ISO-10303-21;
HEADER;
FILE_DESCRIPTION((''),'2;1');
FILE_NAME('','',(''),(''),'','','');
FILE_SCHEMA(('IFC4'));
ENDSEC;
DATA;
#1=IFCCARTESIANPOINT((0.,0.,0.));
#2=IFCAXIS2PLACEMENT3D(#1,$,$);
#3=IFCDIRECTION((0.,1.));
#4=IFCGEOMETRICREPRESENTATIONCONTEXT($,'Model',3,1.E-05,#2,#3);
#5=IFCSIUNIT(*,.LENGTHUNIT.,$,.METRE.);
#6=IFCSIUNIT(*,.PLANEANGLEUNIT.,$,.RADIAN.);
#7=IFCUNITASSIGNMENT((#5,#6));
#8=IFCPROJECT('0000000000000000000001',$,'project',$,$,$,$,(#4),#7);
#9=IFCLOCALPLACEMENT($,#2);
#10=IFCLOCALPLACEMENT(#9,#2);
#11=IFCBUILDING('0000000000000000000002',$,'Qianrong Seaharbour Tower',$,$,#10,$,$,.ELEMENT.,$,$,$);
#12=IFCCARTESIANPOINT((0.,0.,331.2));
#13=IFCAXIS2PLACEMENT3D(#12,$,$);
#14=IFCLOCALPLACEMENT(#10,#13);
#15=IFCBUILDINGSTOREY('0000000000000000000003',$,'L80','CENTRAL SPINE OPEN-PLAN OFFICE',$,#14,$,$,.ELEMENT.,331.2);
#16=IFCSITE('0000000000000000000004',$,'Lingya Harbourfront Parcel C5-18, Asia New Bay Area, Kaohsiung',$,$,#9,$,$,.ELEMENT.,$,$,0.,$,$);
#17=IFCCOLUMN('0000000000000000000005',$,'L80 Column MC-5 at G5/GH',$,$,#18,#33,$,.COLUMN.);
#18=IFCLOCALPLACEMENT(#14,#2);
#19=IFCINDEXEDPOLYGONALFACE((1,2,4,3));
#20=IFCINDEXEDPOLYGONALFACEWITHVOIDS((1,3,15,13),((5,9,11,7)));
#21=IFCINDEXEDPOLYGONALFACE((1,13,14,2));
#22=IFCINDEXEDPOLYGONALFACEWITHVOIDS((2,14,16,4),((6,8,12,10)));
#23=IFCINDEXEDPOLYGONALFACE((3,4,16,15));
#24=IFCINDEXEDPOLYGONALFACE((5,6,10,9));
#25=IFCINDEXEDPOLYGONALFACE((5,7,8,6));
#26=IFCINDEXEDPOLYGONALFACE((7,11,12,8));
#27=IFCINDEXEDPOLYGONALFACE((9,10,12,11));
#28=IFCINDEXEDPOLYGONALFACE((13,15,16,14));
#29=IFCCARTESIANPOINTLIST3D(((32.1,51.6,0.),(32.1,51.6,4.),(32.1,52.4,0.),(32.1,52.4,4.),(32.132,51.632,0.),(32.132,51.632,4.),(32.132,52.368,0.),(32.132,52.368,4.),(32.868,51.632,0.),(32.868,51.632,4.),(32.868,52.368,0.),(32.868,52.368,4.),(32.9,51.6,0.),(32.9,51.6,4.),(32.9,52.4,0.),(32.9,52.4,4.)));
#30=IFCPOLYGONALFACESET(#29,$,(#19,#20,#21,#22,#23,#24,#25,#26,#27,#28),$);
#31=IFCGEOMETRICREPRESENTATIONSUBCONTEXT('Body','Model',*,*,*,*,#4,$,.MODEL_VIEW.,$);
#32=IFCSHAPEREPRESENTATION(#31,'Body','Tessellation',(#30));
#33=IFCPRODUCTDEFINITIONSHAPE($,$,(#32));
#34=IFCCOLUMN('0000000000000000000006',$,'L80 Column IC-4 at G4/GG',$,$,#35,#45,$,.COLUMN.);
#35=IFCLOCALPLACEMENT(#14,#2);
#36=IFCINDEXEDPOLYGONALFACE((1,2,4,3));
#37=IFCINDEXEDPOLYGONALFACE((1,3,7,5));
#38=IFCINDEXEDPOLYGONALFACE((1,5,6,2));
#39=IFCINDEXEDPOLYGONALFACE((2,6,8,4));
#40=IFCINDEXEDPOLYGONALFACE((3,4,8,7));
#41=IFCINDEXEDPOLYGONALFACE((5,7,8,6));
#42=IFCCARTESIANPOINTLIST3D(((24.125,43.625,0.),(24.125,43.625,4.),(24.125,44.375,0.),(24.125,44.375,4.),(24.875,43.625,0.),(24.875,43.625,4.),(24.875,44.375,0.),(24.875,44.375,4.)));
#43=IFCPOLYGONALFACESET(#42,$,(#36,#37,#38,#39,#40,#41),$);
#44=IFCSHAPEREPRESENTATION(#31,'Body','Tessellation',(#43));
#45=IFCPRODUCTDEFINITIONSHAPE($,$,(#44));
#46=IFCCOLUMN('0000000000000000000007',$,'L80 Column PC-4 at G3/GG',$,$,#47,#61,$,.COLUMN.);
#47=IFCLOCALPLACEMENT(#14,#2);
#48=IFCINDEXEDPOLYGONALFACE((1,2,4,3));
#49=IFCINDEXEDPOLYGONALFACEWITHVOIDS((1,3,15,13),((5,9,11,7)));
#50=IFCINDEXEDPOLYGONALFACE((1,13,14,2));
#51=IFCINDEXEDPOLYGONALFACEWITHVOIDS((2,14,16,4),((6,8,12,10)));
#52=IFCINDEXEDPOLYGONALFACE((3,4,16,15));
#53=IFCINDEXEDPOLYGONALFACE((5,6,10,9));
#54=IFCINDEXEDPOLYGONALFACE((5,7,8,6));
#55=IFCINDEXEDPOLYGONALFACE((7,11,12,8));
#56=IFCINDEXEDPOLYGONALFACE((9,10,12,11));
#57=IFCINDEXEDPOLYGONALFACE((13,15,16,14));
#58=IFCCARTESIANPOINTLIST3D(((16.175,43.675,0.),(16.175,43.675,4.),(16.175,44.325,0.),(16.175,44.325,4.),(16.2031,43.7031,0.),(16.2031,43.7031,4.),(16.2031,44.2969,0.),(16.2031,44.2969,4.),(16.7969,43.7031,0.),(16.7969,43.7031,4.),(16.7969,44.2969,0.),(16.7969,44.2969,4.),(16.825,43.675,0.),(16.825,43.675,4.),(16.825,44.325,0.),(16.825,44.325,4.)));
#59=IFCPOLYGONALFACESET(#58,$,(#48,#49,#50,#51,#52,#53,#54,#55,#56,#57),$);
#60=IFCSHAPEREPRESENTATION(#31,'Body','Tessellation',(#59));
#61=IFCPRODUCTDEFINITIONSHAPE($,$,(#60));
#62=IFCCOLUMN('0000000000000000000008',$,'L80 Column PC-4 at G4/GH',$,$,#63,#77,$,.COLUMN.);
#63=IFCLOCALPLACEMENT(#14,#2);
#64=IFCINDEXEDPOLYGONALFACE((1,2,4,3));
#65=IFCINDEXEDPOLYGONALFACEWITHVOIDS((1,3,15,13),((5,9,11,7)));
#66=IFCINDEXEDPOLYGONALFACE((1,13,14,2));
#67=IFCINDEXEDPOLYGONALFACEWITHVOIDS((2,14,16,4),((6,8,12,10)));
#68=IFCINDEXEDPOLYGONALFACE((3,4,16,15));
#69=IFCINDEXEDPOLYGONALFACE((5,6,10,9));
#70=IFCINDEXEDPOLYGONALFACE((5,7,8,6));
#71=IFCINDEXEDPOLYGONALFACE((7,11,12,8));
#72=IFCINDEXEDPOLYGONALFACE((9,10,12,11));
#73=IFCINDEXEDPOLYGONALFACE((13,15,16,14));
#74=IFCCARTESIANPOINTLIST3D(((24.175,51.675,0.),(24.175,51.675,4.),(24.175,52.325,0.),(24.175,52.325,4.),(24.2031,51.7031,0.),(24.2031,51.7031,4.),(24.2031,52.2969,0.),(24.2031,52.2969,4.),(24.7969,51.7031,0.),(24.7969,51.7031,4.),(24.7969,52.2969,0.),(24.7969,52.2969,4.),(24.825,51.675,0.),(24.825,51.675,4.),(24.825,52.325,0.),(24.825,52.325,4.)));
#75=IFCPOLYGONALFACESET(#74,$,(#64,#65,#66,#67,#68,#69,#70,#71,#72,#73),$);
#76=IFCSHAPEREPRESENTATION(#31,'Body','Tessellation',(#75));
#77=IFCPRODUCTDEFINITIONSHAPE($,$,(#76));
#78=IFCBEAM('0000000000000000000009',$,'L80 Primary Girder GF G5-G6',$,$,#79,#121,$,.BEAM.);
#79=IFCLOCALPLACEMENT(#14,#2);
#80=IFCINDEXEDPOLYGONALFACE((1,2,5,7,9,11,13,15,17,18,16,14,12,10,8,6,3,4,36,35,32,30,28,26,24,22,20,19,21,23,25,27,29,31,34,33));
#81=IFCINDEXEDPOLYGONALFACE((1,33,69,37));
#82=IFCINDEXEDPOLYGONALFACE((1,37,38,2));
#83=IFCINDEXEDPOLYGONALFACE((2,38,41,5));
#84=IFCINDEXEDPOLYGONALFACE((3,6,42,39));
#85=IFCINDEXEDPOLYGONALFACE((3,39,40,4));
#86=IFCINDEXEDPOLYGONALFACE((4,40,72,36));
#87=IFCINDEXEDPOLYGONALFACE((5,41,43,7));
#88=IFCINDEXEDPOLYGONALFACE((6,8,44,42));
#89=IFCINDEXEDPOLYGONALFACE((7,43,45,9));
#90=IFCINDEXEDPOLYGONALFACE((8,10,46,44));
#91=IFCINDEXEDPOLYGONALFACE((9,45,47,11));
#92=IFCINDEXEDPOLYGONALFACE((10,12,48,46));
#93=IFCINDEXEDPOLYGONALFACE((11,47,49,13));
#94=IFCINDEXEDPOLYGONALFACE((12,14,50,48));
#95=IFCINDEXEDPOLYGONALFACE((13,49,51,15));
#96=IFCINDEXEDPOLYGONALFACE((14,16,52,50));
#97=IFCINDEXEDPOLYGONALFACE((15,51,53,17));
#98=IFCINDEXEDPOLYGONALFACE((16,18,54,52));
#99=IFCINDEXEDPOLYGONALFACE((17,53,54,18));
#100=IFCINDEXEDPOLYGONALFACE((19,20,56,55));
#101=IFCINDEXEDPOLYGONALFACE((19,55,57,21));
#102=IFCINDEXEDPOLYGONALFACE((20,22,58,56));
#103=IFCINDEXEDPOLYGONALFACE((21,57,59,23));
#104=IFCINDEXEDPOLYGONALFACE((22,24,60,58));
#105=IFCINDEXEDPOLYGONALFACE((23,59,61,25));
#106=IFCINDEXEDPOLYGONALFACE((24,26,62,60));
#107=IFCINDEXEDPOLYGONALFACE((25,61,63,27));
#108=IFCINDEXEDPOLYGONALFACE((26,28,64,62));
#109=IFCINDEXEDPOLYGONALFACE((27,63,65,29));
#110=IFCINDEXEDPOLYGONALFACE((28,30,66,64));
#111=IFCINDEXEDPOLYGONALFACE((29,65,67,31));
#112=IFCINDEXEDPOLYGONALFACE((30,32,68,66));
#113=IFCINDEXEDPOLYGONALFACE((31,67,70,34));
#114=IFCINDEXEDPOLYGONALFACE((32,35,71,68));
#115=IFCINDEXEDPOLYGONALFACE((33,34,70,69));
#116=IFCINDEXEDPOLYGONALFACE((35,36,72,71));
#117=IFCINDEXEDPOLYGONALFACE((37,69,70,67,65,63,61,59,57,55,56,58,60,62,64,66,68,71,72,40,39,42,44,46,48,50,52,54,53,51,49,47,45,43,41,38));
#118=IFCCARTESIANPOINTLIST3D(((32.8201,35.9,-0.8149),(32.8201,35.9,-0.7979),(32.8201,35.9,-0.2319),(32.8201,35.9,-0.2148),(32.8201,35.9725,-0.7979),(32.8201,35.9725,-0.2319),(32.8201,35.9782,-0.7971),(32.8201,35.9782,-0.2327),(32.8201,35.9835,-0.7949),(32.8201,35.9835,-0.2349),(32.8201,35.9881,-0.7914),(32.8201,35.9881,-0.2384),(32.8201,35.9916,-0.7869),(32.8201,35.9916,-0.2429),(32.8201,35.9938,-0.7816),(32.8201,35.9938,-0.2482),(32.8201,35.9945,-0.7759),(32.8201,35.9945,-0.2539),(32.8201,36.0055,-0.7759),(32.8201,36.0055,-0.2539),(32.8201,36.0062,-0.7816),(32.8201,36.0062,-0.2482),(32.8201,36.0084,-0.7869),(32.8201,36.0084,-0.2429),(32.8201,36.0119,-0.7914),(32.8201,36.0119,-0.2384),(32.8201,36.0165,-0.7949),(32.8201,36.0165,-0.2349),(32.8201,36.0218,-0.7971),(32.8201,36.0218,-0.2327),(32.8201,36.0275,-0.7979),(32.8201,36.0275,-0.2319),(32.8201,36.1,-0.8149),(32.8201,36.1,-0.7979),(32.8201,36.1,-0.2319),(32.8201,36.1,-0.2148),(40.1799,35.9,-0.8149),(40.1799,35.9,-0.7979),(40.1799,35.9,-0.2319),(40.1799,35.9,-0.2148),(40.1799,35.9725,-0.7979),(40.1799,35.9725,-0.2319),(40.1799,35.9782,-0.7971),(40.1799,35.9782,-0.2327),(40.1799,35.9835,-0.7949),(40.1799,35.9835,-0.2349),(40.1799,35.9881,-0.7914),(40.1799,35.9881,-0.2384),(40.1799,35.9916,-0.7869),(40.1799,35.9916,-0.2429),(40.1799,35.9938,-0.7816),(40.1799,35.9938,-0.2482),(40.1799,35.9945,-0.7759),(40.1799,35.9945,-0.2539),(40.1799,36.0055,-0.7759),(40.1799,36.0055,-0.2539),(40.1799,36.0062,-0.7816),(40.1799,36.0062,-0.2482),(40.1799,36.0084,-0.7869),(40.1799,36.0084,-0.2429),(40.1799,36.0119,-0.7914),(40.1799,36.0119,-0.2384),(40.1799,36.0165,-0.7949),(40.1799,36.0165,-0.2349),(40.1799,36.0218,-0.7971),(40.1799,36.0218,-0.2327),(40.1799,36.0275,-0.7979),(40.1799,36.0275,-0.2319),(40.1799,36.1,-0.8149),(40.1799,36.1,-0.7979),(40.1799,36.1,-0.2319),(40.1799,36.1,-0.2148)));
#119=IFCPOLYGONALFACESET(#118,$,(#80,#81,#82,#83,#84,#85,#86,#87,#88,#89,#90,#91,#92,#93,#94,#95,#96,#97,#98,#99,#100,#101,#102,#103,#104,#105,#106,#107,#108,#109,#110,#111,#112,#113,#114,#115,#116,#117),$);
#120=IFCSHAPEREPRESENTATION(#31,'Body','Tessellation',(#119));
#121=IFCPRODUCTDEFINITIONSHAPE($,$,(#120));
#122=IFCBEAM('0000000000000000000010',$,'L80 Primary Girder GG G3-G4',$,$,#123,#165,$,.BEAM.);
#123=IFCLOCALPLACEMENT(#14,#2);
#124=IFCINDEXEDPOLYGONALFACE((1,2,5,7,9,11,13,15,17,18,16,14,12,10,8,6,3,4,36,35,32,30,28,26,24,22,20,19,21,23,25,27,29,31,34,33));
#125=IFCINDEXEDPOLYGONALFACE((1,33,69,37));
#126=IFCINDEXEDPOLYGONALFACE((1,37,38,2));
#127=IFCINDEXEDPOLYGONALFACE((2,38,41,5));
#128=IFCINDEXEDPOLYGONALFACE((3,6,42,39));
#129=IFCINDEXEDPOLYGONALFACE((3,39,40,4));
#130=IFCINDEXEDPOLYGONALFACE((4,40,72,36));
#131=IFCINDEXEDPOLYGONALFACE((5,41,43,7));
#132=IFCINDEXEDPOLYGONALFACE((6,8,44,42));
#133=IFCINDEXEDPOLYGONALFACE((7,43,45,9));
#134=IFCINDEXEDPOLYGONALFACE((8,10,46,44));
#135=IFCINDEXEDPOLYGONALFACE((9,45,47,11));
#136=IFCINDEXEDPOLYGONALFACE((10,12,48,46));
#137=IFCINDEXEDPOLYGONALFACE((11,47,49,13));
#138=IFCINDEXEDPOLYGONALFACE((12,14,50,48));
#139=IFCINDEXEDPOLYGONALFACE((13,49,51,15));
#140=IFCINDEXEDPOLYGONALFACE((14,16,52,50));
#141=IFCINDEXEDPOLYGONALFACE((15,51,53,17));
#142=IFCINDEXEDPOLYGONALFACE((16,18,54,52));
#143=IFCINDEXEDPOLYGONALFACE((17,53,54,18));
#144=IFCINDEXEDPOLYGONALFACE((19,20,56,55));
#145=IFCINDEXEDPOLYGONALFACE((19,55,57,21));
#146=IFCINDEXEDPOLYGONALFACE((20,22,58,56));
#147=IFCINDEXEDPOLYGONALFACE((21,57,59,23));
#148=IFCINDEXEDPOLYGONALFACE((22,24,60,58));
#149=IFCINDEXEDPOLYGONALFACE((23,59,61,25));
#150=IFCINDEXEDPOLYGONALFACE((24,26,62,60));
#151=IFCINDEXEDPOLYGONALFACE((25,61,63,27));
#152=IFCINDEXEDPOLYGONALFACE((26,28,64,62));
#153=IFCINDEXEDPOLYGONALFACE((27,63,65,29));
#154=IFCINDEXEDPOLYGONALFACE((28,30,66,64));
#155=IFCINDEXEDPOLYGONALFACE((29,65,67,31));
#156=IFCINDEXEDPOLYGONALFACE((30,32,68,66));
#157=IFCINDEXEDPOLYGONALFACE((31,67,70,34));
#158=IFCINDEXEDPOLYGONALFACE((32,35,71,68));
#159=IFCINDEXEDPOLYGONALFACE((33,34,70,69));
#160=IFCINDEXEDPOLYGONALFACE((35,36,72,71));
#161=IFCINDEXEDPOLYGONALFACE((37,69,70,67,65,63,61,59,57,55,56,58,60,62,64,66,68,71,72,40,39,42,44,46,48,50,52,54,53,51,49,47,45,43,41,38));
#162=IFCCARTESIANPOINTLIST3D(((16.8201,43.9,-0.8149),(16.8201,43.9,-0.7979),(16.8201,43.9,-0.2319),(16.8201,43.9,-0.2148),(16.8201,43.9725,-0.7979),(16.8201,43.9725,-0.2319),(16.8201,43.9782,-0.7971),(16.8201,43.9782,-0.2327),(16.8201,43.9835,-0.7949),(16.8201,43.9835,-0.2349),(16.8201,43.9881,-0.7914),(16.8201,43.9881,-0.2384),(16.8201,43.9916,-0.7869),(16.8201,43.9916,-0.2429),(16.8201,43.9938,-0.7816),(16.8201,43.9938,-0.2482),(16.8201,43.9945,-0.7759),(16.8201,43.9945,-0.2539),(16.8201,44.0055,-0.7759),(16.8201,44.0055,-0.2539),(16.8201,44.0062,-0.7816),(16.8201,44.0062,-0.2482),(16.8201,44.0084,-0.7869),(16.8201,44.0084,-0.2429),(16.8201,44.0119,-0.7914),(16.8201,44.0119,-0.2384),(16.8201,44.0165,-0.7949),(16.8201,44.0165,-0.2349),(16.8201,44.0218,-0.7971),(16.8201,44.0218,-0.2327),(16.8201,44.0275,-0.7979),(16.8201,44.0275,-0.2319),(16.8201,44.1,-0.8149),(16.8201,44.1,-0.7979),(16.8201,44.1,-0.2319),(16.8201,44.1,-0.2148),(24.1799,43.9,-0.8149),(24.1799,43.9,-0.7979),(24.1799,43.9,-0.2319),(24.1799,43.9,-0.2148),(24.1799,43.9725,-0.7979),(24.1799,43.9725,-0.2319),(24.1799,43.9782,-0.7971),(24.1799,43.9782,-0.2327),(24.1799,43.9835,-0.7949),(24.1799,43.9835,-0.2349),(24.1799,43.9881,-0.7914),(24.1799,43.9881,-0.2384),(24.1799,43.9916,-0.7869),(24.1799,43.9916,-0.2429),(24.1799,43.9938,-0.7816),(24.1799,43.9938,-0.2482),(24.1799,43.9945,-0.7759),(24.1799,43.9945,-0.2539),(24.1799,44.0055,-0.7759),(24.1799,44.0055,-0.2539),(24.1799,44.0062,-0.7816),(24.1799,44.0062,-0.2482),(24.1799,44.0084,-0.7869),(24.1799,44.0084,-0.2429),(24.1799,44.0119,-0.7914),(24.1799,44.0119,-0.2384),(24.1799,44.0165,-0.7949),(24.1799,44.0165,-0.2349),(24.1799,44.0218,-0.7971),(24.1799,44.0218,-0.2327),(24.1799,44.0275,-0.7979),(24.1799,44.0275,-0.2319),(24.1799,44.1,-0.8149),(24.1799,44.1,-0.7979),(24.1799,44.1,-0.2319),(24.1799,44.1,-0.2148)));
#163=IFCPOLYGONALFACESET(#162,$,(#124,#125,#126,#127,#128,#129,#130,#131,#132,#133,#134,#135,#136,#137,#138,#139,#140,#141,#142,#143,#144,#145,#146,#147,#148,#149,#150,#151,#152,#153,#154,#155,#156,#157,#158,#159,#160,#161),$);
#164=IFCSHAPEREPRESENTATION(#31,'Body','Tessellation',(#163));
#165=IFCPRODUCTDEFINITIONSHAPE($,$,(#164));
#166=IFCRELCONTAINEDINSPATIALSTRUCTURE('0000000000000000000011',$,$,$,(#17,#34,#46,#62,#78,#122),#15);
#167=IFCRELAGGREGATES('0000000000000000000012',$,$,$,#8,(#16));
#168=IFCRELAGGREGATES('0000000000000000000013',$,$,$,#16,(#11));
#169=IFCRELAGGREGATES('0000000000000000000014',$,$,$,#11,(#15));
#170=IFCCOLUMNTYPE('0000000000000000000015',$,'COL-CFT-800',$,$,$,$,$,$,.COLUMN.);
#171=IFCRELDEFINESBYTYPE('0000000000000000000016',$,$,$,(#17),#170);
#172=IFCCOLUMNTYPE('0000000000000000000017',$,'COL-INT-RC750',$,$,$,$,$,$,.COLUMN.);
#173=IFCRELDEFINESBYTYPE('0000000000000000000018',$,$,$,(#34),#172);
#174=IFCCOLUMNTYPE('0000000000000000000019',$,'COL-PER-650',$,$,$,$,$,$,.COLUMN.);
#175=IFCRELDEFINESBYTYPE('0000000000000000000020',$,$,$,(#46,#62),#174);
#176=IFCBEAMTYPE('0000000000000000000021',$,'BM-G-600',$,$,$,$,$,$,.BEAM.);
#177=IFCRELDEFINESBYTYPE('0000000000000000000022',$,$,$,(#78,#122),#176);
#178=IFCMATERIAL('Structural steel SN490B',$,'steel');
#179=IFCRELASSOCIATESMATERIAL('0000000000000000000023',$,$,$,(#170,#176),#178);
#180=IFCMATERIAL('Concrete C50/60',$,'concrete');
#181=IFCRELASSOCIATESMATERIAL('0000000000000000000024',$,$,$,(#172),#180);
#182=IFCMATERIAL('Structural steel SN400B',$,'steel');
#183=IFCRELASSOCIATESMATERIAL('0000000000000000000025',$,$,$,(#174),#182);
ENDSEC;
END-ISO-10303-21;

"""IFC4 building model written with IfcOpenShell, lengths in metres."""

from ifc_helpers import new_model, si_unit, direction, frame, origin, origin_2d, place, context, subcontext, project, spatial, rectangle, hollow_rectangle, i_section, extrude, material, material_profile, profile_set, type_object, element, save


model = new_model("IFC4")

# Units and contexts
model_context = context("Model", 3, precision=1e-05, world=origin(), true_north=direction((0.0, 1.0)))
body_context = subcontext(model_context, "Body", "Model", "MODEL_VIEW")
ifc_project = project(units=[si_unit("LENGTHUNIT", "METRE"), si_unit("PLANEANGLEUNIT", "RADIAN")], contexts=[model_context])

# Site, building, storey
site_placement = place(None, origin())
site = spatial("IfcSite", under=ifc_project, at=site_placement, Name="Lingya Harbourfront Parcel C5-18, Asia New Bay Area, Kaohsiung", CompositionType="ELEMENT", RefElevation=0.0)
building_placement = place(site_placement, origin())
building = spatial("IfcBuilding", under=site, at=building_placement, Name="Qianrong Seaharbour Tower", CompositionType="ELEMENT")
storey_placement = place(building_placement, frame((0.0, 0.0, 331.2)))
storey = spatial("IfcBuildingStorey", under=building, at=storey_placement, Name="L80", Description="CENTRAL SPINE OPEN-PLAN OFFICE", CompositionType="ELEMENT", Elevation=331.2)

# Columns
ifc_material_1 = material(Name="Structural steel SN490B", Category="steel")
ifc_material_profile_1 = material_profile(ifc_material_1, hollow_rectangle(XDim=0.8, YDim=0.8, WallThickness=0.032, at=origin_2d()), Name="BOX800x800x32")
ifc_profile_set_1 = profile_set([ifc_material_profile_1], Name="Structural steel SN490B")
column_type_1 = type_object("IfcColumnType", Name="COL-CFT-800", PredefinedType="COLUMN", material=ifc_profile_set_1)
column_1_placement = place(storey_placement, frame((32.5, 52.0, 0.0), z_axis=(0.0, 0.0, 1.0), x_axis=(1.0, 0.0, 0.0)))
element("IfcColumn", 1, at=column_1_placement, inside=storey, type_object=column_type_1, Name="L80 Column MC-5 at G5/GH", PredefinedType="COLUMN", context=body_context, shape_type="SweptSolid", body=[
    extrude(hollow_rectangle(XDim=0.8, YDim=0.8, WallThickness=0.032, at=origin_2d()), origin(), (0.0, 0.0, 1.0), 4.0),
])
ifc_material_2 = material(Name="Concrete C50/60", Category="concrete")
ifc_material_profile_2 = material_profile(ifc_material_2, rectangle(XDim=0.75, YDim=0.75, at=origin_2d()), Name="RC750x750")
ifc_profile_set_2 = profile_set([ifc_material_profile_2], Name="Concrete C50/60")
column_type_2 = type_object("IfcColumnType", Name="COL-INT-RC750", PredefinedType="COLUMN", material=ifc_profile_set_2)
column_2_placement = place(storey_placement, frame((24.5, 44.0, 0.0), z_axis=(0.0, 0.0, 1.0), x_axis=(1.0, 0.0, 0.0)))
element("IfcColumn", 2, at=column_2_placement, inside=storey, type_object=column_type_2, Name="L80 Column IC-4 at G4/GG", PredefinedType="COLUMN", context=body_context, shape_type="SweptSolid", body=[
    extrude(rectangle(XDim=0.75, YDim=0.75, at=origin_2d()), origin(), (0.0, 0.0, 1.0), 4.0),
])
ifc_material_3 = material(Name="Structural steel SN400B", Category="steel")
ifc_material_profile_3 = material_profile(ifc_material_3, hollow_rectangle(XDim=0.6499, YDim=0.6499, WallThickness=0.0281, at=origin_2d()), Name="BOX650x650x28")
ifc_profile_set_3 = profile_set([ifc_material_profile_3], Name="Structural steel SN400B")
column_type_3 = type_object("IfcColumnType", Name="COL-PER-650", PredefinedType="COLUMN", material=ifc_profile_set_3)
for number, where, z_axis, x_axis, name in (
    (3, (16.5, 44.0, 0.0), (0.0, 0.0, 1.0), (1.0, 0.0, 0.0), "L80 Column PC-4 at G3/GG"),
    (4, (24.5, 52.0, 0.0), (0.0, 0.0, 1.0), (1.0, 0.0, 0.0), "L80 Column PC-4 at G4/GH"),
):
    element("IfcColumn", number, at=place(storey_placement, frame(where, z_axis=z_axis, x_axis=x_axis)), inside=storey, type_object=column_type_3, Name=name, PredefinedType="COLUMN", context=body_context, shape_type="SweptSolid", body=[
        extrude(hollow_rectangle(XDim=0.6499, YDim=0.6499, WallThickness=0.0281, at=origin_2d()), origin(), (0.0, 0.0, 1.0), 4.0),
    ])

# Beams
ifc_material_profile_4 = material_profile(ifc_material_1, i_section(OverallWidth=0.2, OverallDepth=0.6001, WebThickness=0.011, FlangeThickness=0.0171, FilletRadius=0.022, at=origin_2d()), Name="H600x200x11x17")
ifc_profile_set_4 = profile_set([ifc_material_profile_4], Name="Structural steel SN490B")
beam_type_1 = type_object("IfcBeamType", Name="BM-G-600", PredefinedType="BEAM", material=ifc_profile_set_4)
for number, where, z_axis, x_axis, name in (
    (5, (32.8201, 36.0, -0.5149), (1.0, 0.0, 0.0), (0.0, 1.0, 0.0), "L80 Primary Girder GF G5-G6"),
    (6, (16.8201, 44.0, -0.5149), (1.0, 0.0, 0.0), (0.0, 1.0, 0.0), "L80 Primary Girder GG G3-G4"),
):
    element("IfcBeam", number, at=place(storey_placement, frame(where, z_axis=z_axis, x_axis=x_axis)), inside=storey, type_object=beam_type_1, Name=name, PredefinedType="BEAM", context=body_context, shape_type="SweptSolid", body=[
        extrude(i_section(OverallWidth=0.2, OverallDepth=0.6001, WebThickness=0.011, FlangeThickness=0.0171, FilletRadius=0.022, at=origin_2d()), origin(), (0.0, 0.0, 1.0), 7.3599),
    ])

save(model, "model.ifc")
